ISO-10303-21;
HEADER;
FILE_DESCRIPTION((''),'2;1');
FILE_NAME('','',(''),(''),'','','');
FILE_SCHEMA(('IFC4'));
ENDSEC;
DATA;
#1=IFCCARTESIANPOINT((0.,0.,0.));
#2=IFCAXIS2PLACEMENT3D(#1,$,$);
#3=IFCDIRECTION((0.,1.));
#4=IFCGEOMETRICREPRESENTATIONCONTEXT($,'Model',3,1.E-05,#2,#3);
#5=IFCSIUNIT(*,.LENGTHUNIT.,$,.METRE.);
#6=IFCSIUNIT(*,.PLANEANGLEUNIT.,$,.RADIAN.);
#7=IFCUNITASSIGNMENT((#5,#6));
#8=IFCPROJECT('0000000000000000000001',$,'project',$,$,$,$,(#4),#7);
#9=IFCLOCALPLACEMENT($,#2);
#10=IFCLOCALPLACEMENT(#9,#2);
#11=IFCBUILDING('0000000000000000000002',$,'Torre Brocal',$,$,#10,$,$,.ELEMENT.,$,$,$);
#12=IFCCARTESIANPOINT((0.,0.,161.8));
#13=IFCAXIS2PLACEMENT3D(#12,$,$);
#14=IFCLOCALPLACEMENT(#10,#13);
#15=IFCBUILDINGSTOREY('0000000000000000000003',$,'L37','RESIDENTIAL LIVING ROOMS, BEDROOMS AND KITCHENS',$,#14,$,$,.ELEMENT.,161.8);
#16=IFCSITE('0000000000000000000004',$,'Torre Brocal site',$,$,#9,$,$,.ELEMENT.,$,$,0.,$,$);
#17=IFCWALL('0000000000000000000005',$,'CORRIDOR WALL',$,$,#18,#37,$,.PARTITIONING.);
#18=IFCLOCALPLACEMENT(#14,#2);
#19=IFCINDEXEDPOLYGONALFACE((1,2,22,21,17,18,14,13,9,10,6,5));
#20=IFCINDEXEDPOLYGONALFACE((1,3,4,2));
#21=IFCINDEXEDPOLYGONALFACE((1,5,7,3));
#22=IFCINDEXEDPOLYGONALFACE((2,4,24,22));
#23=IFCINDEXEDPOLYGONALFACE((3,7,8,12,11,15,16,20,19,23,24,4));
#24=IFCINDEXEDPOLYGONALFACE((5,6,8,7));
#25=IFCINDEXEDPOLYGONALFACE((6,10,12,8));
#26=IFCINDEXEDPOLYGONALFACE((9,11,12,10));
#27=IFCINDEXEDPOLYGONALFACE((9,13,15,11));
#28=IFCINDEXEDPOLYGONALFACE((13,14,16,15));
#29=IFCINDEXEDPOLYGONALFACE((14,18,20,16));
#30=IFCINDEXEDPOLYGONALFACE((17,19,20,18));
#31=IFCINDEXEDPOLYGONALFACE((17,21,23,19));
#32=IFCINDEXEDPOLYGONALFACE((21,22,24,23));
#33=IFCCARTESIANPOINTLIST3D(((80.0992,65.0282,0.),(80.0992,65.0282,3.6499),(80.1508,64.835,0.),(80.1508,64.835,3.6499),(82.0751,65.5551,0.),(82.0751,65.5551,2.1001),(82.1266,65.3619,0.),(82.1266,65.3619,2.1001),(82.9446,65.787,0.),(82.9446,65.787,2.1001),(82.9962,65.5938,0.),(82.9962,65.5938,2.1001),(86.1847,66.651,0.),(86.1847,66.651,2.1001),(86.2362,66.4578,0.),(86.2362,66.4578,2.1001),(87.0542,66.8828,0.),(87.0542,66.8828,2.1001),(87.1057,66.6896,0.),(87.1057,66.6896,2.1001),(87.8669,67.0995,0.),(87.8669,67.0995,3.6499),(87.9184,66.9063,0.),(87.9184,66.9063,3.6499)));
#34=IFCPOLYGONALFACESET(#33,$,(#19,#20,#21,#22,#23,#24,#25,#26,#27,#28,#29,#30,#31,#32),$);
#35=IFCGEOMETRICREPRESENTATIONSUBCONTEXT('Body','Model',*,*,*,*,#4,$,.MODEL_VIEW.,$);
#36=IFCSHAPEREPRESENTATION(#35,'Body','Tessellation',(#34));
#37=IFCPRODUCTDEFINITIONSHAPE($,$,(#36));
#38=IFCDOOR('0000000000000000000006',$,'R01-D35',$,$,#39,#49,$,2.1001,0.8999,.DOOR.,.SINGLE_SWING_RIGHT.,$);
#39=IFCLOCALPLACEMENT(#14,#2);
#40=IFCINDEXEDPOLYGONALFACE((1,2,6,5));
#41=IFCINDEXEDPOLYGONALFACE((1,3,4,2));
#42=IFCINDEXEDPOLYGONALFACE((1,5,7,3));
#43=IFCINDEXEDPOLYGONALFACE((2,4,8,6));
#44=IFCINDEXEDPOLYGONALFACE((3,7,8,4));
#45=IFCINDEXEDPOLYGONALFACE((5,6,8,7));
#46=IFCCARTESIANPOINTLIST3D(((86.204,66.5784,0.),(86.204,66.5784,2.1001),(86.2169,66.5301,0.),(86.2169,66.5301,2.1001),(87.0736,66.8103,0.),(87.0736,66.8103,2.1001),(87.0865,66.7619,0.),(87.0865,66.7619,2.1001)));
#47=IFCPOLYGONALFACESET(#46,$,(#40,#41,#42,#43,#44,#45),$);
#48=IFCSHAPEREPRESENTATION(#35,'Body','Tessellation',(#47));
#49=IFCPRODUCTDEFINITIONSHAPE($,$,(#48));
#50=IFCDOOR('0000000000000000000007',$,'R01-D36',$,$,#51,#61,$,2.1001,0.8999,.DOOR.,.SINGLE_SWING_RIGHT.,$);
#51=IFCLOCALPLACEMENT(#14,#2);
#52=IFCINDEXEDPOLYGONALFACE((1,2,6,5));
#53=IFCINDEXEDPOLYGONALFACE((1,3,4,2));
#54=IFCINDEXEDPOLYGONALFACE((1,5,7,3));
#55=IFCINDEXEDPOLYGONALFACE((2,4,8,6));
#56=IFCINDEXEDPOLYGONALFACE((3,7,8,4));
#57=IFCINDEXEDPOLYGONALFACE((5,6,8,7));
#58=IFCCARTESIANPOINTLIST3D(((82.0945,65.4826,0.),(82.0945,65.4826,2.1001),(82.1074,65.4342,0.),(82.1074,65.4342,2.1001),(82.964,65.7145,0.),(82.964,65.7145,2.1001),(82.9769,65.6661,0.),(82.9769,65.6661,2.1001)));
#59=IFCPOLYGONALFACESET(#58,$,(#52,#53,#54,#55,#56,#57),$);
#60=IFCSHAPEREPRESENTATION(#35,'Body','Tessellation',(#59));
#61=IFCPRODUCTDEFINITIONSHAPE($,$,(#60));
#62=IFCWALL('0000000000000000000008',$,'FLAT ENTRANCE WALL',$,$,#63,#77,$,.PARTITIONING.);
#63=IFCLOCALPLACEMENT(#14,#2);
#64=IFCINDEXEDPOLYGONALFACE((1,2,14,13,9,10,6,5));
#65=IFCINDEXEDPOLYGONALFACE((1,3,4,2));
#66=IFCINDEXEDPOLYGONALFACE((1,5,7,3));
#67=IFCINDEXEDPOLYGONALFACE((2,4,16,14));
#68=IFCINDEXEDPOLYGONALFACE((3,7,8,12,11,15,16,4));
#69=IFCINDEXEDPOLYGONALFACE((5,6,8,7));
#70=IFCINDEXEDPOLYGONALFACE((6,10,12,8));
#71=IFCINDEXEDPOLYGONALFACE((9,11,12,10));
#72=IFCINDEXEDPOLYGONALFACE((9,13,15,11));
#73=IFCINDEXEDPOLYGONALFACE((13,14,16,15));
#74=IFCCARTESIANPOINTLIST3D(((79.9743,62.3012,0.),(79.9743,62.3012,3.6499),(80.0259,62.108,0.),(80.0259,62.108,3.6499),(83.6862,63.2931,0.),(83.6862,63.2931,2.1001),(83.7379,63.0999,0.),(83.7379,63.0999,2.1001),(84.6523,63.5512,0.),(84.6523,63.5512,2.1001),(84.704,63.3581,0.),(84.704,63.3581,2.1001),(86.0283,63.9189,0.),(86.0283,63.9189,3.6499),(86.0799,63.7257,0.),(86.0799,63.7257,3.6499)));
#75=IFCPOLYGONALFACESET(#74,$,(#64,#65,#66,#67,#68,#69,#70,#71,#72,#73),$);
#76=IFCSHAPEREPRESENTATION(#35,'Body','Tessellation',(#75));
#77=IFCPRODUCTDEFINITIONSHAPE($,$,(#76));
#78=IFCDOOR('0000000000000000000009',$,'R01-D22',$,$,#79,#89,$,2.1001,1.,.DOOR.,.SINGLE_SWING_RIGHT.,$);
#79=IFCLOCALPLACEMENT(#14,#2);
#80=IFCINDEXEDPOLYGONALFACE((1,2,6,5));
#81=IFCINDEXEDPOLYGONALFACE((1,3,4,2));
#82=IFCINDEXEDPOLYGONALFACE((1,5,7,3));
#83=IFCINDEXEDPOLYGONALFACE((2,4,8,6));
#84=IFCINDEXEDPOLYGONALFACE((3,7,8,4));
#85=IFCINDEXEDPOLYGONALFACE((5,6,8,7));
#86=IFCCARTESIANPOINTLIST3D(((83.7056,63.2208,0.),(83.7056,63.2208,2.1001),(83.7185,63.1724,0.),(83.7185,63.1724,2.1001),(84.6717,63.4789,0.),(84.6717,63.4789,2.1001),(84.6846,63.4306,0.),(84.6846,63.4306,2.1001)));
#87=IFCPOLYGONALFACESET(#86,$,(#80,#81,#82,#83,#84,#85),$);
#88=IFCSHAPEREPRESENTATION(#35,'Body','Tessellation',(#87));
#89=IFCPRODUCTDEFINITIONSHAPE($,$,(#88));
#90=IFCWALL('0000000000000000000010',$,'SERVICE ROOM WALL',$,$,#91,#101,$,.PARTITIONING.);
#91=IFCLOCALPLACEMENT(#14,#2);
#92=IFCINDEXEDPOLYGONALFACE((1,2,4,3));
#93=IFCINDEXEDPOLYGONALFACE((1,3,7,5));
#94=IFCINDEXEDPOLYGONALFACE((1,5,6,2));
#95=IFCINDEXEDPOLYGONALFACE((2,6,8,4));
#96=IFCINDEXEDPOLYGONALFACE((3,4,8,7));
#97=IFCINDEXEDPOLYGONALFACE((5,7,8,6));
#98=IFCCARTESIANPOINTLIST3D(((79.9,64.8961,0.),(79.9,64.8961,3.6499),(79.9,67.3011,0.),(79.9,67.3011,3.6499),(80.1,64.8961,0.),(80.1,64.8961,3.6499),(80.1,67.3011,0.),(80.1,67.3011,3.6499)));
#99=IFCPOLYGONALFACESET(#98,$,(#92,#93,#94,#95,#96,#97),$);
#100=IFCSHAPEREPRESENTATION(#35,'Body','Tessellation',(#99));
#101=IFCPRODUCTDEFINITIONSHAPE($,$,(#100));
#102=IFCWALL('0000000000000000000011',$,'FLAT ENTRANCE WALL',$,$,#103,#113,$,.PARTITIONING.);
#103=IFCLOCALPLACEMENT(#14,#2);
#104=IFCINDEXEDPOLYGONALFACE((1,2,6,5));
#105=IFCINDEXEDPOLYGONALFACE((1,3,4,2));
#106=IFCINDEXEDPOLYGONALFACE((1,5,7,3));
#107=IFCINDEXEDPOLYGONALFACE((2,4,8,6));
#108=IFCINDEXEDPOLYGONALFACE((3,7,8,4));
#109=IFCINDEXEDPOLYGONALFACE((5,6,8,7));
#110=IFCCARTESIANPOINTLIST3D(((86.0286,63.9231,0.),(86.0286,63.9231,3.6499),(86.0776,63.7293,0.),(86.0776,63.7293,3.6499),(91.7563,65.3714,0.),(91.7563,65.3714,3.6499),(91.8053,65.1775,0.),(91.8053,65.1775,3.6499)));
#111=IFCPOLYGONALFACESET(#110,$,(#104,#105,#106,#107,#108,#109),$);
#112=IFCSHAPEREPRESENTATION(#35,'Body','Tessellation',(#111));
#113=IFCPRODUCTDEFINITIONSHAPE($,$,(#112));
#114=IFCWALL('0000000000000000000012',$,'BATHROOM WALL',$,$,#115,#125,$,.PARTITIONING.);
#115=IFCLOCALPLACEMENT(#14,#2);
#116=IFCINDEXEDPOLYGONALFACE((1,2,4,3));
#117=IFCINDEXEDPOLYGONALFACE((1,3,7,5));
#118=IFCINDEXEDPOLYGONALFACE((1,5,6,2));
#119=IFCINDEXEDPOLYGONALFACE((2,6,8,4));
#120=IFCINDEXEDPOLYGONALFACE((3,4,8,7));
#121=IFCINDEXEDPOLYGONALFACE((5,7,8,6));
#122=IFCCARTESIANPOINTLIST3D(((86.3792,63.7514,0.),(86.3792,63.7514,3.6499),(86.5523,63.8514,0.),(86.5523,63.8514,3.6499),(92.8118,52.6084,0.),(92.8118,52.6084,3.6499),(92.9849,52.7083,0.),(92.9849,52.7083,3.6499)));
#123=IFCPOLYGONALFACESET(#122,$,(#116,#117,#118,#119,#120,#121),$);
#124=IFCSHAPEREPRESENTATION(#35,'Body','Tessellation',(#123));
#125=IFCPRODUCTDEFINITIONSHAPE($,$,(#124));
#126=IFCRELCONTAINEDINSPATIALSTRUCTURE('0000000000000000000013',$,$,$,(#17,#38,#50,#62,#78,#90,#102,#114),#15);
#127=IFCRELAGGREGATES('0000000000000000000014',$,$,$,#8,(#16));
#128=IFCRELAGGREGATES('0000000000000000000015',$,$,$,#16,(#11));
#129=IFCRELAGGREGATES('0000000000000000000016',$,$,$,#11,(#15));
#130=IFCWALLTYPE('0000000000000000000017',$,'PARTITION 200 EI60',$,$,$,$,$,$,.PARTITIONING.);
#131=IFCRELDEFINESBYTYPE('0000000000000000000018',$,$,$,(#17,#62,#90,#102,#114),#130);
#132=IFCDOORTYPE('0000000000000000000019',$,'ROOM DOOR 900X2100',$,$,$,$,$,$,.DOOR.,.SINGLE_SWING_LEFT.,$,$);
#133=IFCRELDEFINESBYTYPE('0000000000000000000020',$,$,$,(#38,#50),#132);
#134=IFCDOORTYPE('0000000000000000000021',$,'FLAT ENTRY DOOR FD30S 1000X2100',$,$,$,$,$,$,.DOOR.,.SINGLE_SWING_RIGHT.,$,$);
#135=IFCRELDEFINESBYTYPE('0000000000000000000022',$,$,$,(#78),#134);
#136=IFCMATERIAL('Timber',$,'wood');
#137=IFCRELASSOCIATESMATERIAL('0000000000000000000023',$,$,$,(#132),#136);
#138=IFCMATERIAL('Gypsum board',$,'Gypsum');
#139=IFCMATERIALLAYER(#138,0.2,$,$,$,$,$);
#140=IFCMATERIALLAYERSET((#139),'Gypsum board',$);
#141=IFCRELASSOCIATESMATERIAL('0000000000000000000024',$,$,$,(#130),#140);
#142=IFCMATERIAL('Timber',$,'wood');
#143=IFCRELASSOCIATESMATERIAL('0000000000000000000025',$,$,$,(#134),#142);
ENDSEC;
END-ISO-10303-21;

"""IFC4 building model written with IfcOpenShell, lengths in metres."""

from ifc_helpers import new_model, si_unit, direction, frame, frame_2d, origin, place, context, subcontext, project, spatial, rectangle, extrude, material, layer, layer_set, type_object, element, fill, save


model = new_model("IFC4")

# Units and contexts
model_context = context("Model", 3, precision=1e-05, world=origin(), true_north=direction((0.0, 1.0)))
body_context = subcontext(model_context, "Body", "Model", "MODEL_VIEW")
ifc_project = project(units=[si_unit("LENGTHUNIT", "METRE"), si_unit("PLANEANGLEUNIT", "RADIAN")], contexts=[model_context])

# Site, building, storey
site_placement = place(None, origin())
site = spatial("IfcSite", under=ifc_project, at=site_placement, Name="Torre Brocal site", CompositionType="ELEMENT", RefElevation=0.0)
building_placement = place(site_placement, origin())
building = spatial("IfcBuilding", under=site, at=building_placement, Name="Torre Brocal", CompositionType="ELEMENT")
storey_placement = place(building_placement, frame((0.0, 0.0, 161.8)))
storey = spatial("IfcBuildingStorey", under=building, at=storey_placement, Name="L37", Description="RESIDENTIAL LIVING ROOMS, BEDROOMS AND KITCHENS", CompositionType="ELEMENT", Elevation=161.8)

# Wall, openings, doors
ifc_material_1 = material(Name="Timber", Category="wood")
door_type_1 = type_object("IfcDoorType", Name="ROOM DOOR 900X2100", OperationType="SINGLE_SWING_LEFT", PredefinedType="DOOR", material=ifc_material_1)
ifc_material_2 = material(Name="Gypsum board", Category="Gypsum")
ifc_layer_1 = layer(ifc_material_2, 0.2)
ifc_layer_set_1 = layer_set([ifc_layer_1], Name="Gypsum board")
wall_type_1 = type_object("IfcWallType", Name="PARTITION 200 EI60", PredefinedType="PARTITIONING", material=ifc_layer_set_1)
wall_1_placement = place(storey_placement, frame((80.125, 64.9316, 0.0), z_axis=(0.0, 0.0, 1.0), x_axis=(0.966237, 0.257655, 0.0)))
wall_1 = element("IfcWall", 1, at=wall_1_placement, inside=storey, type_object=wall_type_1, Name="CORRIDOR WALL", PredefinedType="PARTITIONING", context=body_context, shape_type="SweptSolid", body=[
    extrude(rectangle(XDim=8.0391, YDim=0.2, at=frame_2d((4.0195, 0.0))), origin(), (0.0, 0.0, 1.0), 3.6499),
])
opening_1_placement = place(wall_1_placement, frame((6.2981, 0.0, 0.0)))
opening_1 = element("IfcOpeningElement", 2, at=opening_1_placement, cuts=wall_1, PredefinedType="OPENING", context=body_context, shape_type="SweptSolid", body=[
    extrude(rectangle(XDim=0.8999, YDim=2.1001, at=frame_2d((0.45, 1.05))), frame((0.0, 0.1099, 0.0), z_axis=(0.0, -1.0, 0.0), x_axis=(1.0, 0.0, 0.0)), (0.0, 0.0, 1.0), 0.22),
])
opening_2_placement = place(wall_1_placement, frame((2.0449, 0.0, 0.0)))
opening_2 = element("IfcOpeningElement", 3, at=opening_2_placement, cuts=wall_1, PredefinedType="OPENING", context=body_context, shape_type="SweptSolid", body=[
    extrude(rectangle(XDim=0.8999, YDim=2.1001, at=frame_2d((0.45, 1.05))), frame((0.0, 0.1099, 0.0), z_axis=(0.0, -1.0, 0.0), x_axis=(1.0, 0.0, 0.0)), (0.0, 0.0, 1.0), 0.22),
])
door_1_placement = place(opening_1_placement, origin())
door_1 = element("IfcDoor", 4, at=door_1_placement, inside=storey, type_object=door_type_1, Name="R01-D35", OperationType="SINGLE_SWING_RIGHT", OverallHeight=2.1001, OverallWidth=0.8999, PredefinedType="DOOR", context=body_context, shape_type="SweptSolid", body=[
    extrude(rectangle(XDim=0.8999, YDim=2.1001, at=frame_2d((0.45, 1.05))), frame((0.0, 0.0249, 0.0), z_axis=(0.0, -1.0, 0.0), x_axis=(1.0, 0.0, 0.0)), (0.0, 0.0, 1.0), 0.05),
])
fill(opening_1, door_1)
door_2_placement = place(opening_2_placement, origin())
door_2 = element("IfcDoor", 5, at=door_2_placement, inside=storey, type_object=door_type_1, Name="R01-D36", OperationType="SINGLE_SWING_RIGHT", OverallHeight=2.1001, OverallWidth=0.8999, PredefinedType="DOOR", context=body_context, shape_type="SweptSolid", body=[
    extrude(rectangle(XDim=0.8999, YDim=2.1001, at=frame_2d((0.45, 1.05))), frame((0.0, 0.0249, 0.0), z_axis=(0.0, -1.0, 0.0), x_axis=(1.0, 0.0, 0.0)), (0.0, 0.0, 1.0), 0.05),
])
fill(opening_2, door_2)

# Wall, opening, door
wall_2_placement = place(storey_placement, frame((80.0, 62.2046, 0.0), z_axis=(0.0, 0.0, 1.0), x_axis=(0.966104, 0.258152, 0.0)))
wall_2 = element("IfcWall", 6, at=wall_2_placement, inside=storey, type_object=wall_type_1, Name="FLAT ENTRANCE WALL", PredefinedType="PARTITIONING", context=body_context, shape_type="SweptSolid", body=[
    extrude(rectangle(XDim=6.2664, YDim=0.2, at=frame_2d((3.1333, 0.0))), origin(), (0.0, 0.0, 1.0), 3.6499),
])
opening_3_placement = place(wall_2_placement, frame((3.8423, 0.0, 0.0)))
opening_3 = element("IfcOpeningElement", 7, at=opening_3_placement, cuts=wall_2, PredefinedType="OPENING", context=body_context, shape_type="SweptSolid", body=[
    extrude(rectangle(XDim=1.0, YDim=2.1001, at=frame_2d((0.5, 1.05))), frame((0.0, 0.1099, 0.0), z_axis=(0.0, -1.0, 0.0), x_axis=(1.0, 0.0, 0.0)), (0.0, 0.0, 1.0), 0.22),
])
ifc_material_3 = material(Name="Timber", Category="wood")
door_type_2 = type_object("IfcDoorType", Name="FLAT ENTRY DOOR FD30S 1000X2100", OperationType="SINGLE_SWING_RIGHT", PredefinedType="DOOR", material=ifc_material_3)
door_3_placement = place(opening_3_placement, frame((1.0, 0.0, 0.0), z_axis=(0.0, 0.0, 1.0), x_axis=(-1.0, 0.0, 0.0)))
door_3 = element("IfcDoor", 8, at=door_3_placement, inside=storey, type_object=door_type_2, Name="R01-D22", OperationType="SINGLE_SWING_RIGHT", OverallHeight=2.1001, OverallWidth=1.0, PredefinedType="DOOR", context=body_context, shape_type="SweptSolid", body=[
    extrude(rectangle(XDim=1.0, YDim=2.1001, at=frame_2d((0.5, 1.05))), frame((0.0, 0.0249, 0.0), z_axis=(0.0, -1.0, 0.0), x_axis=(1.0, 0.0, 0.0)), (0.0, 0.0, 1.0), 0.05),
])
fill(opening_3, door_3)

# Walls
wall_3_placement = place(storey_placement, frame((80.0, 64.896, 0.0), z_axis=(0.0, 0.0, 1.0), x_axis=(0.0, 1.0, 0.0)))
element("IfcWall", 9, at=wall_3_placement, inside=storey, type_object=wall_type_1, Name="SERVICE ROOM WALL", PredefinedType="PARTITIONING", context=body_context, shape_type="SweptSolid", body=[
    extrude(rectangle(XDim=2.405, YDim=0.2, at=frame_2d((1.2026, 0.0))), origin(), (0.0, 0.0, 1.0), 3.6499),
])
wall_4_placement = place(storey_placement, frame((86.053, 63.8262, 0.0), z_axis=(0.0, 0.0, 1.0), x_axis=(0.96949, 0.245131, 0.0)))
element("IfcWall", 10, at=wall_4_placement, inside=storey, type_object=wall_type_1, Name="FLAT ENTRANCE WALL", PredefinedType="PARTITIONING", context=body_context, shape_type="SweptSolid", body=[
    extrude(rectangle(XDim=5.908, YDim=0.2, at=frame_2d((2.9541, 0.0))), origin(), (0.0, 0.0, 1.0), 3.6499),
])
wall_5_placement = place(storey_placement, frame((86.4658, 63.8013, 0.0), z_axis=(0.0, 0.0, 1.0), x_axis=(0.499951, -0.866054, 0.0)))
element("IfcWall", 11, at=wall_5_placement, inside=storey, type_object=wall_type_1, Name="BATHROOM WALL", PredefinedType="PARTITIONING", context=body_context, shape_type="SweptSolid", body=[
    extrude(rectangle(XDim=12.8665, YDim=0.2, at=frame_2d((6.4331, 0.0))), origin(), (0.0, 0.0, 1.0), 3.6499),
])

save(model, "model.ifc")
